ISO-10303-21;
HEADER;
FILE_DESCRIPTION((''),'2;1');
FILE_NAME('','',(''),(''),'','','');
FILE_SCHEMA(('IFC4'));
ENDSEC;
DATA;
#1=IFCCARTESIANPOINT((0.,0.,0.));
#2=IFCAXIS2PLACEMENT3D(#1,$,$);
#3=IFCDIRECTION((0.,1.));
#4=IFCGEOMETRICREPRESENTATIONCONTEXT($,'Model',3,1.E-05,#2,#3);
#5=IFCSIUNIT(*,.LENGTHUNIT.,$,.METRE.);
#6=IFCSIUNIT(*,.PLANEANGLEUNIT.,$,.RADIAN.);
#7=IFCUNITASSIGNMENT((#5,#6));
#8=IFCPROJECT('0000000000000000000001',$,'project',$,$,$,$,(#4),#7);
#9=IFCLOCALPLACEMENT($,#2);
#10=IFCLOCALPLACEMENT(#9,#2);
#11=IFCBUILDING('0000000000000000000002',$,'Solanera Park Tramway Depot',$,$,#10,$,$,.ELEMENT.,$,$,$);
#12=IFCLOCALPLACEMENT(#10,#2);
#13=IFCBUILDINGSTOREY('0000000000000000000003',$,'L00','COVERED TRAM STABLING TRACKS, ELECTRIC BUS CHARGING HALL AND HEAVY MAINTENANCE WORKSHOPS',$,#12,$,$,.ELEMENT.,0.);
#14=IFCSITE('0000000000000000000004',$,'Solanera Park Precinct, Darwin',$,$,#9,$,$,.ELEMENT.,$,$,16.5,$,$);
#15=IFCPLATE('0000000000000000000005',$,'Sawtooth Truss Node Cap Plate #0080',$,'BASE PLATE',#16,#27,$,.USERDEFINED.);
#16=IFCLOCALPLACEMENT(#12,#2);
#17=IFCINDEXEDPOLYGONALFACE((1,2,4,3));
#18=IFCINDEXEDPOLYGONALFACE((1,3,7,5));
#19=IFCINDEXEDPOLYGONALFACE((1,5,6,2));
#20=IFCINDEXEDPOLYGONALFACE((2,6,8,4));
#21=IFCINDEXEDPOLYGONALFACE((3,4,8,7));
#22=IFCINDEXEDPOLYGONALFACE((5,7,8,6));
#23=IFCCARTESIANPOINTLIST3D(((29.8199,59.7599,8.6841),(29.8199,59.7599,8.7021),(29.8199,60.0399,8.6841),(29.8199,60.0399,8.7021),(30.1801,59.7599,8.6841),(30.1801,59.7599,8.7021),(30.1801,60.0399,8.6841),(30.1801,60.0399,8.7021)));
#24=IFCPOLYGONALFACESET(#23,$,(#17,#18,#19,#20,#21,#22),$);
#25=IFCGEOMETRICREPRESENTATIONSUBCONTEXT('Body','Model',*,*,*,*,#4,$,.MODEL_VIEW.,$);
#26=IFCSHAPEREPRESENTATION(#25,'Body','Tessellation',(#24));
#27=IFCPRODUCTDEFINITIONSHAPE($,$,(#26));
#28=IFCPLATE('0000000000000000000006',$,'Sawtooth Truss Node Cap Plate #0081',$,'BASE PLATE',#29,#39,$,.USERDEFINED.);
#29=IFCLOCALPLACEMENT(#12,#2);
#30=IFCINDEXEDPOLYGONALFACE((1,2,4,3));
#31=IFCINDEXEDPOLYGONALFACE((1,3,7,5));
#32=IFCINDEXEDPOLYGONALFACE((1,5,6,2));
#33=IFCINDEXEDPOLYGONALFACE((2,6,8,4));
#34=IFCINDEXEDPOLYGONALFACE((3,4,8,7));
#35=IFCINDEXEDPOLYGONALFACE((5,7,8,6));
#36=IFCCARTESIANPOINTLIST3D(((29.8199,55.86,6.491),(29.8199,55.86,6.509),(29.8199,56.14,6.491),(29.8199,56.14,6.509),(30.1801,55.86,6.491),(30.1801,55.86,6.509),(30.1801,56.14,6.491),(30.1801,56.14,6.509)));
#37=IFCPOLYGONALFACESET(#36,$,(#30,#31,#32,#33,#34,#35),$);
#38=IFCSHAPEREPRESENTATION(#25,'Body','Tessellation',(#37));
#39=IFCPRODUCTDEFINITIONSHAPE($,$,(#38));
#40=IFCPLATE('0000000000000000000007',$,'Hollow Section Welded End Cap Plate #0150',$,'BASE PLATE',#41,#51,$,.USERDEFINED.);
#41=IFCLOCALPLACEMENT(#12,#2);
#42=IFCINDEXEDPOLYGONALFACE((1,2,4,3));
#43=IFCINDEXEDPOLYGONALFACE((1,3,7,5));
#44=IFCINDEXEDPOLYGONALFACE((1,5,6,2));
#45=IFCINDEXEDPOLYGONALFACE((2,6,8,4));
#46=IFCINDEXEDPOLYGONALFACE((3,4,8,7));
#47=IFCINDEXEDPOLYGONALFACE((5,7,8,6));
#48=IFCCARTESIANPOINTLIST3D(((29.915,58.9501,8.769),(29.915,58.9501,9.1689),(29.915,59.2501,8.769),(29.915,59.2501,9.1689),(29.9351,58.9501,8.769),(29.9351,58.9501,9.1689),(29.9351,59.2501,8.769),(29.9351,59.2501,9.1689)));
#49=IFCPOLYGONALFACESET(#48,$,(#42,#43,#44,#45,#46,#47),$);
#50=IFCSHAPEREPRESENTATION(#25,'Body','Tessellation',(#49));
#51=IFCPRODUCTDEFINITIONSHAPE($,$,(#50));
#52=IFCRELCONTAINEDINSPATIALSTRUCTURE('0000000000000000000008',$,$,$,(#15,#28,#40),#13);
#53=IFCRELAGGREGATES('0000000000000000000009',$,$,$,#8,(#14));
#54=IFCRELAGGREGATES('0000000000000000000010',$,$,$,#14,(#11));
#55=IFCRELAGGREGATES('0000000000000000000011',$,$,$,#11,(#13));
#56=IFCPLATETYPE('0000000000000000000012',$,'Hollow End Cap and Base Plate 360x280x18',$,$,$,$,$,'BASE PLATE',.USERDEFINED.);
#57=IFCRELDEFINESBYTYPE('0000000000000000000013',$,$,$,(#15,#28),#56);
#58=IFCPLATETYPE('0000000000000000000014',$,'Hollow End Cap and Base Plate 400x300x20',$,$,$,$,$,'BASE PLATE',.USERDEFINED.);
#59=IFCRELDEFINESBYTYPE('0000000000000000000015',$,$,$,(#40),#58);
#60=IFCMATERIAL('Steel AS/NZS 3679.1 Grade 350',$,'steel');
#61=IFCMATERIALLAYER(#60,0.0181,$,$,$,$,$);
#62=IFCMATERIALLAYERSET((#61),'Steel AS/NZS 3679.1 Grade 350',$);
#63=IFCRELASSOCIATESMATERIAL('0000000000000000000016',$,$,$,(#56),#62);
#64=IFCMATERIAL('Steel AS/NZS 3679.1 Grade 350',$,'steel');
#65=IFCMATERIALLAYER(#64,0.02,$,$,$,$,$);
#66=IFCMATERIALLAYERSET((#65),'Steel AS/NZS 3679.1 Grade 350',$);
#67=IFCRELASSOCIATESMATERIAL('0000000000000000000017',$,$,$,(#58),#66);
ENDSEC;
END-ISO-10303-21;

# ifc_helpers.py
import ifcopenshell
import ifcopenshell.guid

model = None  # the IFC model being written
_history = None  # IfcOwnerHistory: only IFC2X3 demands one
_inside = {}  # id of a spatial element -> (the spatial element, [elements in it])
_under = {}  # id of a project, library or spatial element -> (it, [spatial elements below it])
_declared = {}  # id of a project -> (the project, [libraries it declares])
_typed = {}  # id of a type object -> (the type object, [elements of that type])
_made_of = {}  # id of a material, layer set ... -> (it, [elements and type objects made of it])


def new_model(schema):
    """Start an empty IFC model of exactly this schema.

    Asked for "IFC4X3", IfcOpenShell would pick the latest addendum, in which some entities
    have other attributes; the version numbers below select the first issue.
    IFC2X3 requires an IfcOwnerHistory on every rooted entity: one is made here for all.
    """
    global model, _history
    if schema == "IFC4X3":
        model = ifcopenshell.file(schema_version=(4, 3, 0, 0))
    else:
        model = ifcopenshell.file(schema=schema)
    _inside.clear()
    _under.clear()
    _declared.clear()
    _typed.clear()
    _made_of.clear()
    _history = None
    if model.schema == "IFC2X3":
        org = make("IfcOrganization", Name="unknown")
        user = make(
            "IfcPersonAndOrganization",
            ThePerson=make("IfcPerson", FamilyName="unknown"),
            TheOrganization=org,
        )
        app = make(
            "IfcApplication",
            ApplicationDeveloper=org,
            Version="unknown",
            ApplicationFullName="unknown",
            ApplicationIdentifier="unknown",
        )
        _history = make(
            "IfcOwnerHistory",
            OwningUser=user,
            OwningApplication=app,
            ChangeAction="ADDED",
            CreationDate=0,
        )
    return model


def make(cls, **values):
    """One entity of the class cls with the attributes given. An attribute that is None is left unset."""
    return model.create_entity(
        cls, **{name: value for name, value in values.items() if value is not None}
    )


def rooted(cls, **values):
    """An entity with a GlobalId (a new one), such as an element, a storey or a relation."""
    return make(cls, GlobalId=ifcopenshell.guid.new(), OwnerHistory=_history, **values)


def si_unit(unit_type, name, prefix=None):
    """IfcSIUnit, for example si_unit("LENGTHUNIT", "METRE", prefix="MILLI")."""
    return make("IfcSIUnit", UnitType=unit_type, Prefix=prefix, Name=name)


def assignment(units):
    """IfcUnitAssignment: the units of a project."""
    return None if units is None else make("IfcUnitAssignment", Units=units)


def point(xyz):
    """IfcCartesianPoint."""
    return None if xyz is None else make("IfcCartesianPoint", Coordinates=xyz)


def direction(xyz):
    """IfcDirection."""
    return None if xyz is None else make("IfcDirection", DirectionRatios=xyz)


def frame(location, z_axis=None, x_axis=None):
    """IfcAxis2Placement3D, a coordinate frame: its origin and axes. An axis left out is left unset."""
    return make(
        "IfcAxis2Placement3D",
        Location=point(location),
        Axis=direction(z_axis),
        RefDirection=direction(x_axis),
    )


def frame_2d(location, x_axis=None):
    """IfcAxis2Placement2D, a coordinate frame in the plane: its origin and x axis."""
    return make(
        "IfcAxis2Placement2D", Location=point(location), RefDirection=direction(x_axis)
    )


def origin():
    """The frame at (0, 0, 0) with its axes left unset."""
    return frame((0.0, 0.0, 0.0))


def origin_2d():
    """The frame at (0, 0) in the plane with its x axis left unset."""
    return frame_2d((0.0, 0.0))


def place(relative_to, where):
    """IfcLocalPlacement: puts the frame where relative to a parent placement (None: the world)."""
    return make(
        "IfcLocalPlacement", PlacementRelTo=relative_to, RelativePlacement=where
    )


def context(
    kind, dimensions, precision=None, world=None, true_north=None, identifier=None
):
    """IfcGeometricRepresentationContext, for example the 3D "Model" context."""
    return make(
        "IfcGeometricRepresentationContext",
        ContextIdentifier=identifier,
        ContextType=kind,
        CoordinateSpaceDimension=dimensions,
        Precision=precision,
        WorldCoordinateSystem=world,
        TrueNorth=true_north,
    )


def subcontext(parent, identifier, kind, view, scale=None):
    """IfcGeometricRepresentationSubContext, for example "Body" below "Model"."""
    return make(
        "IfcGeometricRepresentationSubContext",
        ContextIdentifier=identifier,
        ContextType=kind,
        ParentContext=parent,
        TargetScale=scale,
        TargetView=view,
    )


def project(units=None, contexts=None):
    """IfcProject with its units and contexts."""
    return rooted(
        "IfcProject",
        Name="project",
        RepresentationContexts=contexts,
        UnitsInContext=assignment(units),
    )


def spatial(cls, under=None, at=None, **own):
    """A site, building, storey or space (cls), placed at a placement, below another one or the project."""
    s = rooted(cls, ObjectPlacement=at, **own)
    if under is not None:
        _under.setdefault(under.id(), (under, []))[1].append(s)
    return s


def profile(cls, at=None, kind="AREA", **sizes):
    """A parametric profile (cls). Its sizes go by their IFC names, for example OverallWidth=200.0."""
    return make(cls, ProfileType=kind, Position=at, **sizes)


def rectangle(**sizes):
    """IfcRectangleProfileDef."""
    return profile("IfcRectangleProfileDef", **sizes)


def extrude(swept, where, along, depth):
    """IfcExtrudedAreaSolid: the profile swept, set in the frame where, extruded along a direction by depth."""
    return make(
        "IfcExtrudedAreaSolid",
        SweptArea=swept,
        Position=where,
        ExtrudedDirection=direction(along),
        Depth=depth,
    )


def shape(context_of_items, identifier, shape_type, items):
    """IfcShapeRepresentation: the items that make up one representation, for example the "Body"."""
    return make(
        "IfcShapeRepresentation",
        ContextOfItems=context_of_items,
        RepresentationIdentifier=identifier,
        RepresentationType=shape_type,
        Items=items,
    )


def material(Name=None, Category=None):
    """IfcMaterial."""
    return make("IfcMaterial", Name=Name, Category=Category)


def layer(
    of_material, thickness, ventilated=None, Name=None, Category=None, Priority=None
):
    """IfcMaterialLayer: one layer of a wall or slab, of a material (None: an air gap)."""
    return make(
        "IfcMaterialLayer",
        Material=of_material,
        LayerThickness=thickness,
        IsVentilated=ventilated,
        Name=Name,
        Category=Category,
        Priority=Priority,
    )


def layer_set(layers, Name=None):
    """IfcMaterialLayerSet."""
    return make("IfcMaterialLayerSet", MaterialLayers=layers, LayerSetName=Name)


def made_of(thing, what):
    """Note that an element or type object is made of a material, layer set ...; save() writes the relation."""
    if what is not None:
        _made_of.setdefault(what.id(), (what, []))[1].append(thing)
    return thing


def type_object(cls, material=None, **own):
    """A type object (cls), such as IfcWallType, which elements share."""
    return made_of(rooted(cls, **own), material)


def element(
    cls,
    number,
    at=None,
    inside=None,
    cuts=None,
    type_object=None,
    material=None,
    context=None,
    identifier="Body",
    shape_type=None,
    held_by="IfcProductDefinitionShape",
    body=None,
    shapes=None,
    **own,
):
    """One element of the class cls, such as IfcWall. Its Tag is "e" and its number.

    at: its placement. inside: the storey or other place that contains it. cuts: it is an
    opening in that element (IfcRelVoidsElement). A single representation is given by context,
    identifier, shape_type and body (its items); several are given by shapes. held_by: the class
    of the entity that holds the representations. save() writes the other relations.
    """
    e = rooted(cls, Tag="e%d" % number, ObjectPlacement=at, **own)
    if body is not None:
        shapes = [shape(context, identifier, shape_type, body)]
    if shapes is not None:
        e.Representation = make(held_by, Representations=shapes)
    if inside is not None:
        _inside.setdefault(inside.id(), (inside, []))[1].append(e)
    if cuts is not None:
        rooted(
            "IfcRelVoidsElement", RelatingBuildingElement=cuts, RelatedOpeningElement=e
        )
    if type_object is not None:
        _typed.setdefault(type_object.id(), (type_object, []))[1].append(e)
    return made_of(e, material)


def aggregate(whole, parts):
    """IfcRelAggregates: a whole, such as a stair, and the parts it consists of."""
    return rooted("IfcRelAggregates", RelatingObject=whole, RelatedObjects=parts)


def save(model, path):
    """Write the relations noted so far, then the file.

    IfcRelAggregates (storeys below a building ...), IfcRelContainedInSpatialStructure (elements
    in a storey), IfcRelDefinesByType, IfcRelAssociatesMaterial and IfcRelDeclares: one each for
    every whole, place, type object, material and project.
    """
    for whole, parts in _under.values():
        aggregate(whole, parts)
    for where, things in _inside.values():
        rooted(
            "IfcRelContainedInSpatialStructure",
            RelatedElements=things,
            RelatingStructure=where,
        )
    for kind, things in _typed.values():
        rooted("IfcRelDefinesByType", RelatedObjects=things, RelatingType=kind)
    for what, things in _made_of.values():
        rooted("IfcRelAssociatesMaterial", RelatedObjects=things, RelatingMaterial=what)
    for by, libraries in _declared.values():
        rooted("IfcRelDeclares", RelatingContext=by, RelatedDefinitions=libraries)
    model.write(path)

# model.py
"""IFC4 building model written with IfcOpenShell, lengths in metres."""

from ifc_helpers import new_model, si_unit, direction, frame, origin, origin_2d, place, context, subcontext, project, spatial, rectangle, extrude, material, layer, layer_set, type_object, element, save


model = new_model("IFC4")

# Units and contexts
model_context = context("Model", 3, precision=1e-05, world=origin(), true_north=direction((0.0, 1.0)))
body_context = subcontext(model_context, "Body", "Model", "MODEL_VIEW")
ifc_project = project(units=[si_unit("LENGTHUNIT", "METRE"), si_unit("PLANEANGLEUNIT", "RADIAN")], contexts=[model_context])

# Site, building, storey
site_placement = place(None, origin())
site = spatial("IfcSite", under=ifc_project, at=site_placement, Name="Solanera Park Precinct, Darwin", CompositionType="ELEMENT", RefElevation=16.5)
building_placement = place(site_placement, origin())
building = spatial("IfcBuilding", under=site, at=building_placement, Name="Solanera Park Tramway Depot", CompositionType="ELEMENT")
storey_placement = place(building_placement, origin())
storey = spatial("IfcBuildingStorey", under=building, at=storey_placement, Name="L00", Description="COVERED TRAM STABLING TRACKS, ELECTRIC BUS CHARGING HALL AND HEAVY MAINTENANCE WORKSHOPS", CompositionType="ELEMENT", Elevation=0.0)

# Plates
ifc_material_1 = material(Name="Steel AS/NZS 3679.1 Grade 350", Category="steel")
ifc_layer_1 = layer(ifc_material_1, 0.0181)
ifc_layer_set_1 = layer_set([ifc_layer_1], Name="Steel AS/NZS 3679.1 Grade 350")
plate_type_1 = type_object("IfcPlateType", Name="Hollow End Cap and Base Plate 360x280x18", ElementType="BASE PLATE", PredefinedType="USERDEFINED", material=ifc_layer_set_1)
for number, where, z_axis, x_axis, name in (
    (1, (30.0, 59.8999, 8.6841), (0.0, 0.0, 1.0), (1.0, 0.0, 0.0), "Sawtooth Truss Node Cap Plate #0080"),
    (2, (30.0, 56.0, 6.491), (0.0, 0.0, 1.0), (1.0, 0.0, 0.0), "Sawtooth Truss Node Cap Plate #0081"),
):
    element("IfcPlate", number, at=place(storey_placement, frame(where, z_axis=z_axis, x_axis=x_axis)), inside=storey, type_object=plate_type_1, Name=name, ObjectType="BASE PLATE", PredefinedType="USERDEFINED", context=body_context, shape_type="SweptSolid", body=[
        extrude(rectangle(XDim=0.3601, YDim=0.28, at=origin_2d()), origin(), (0.0, 0.0, 1.0), 0.0181),
    ])
ifc_material_2 = material(Name="Steel AS/NZS 3679.1 Grade 350", Category="steel")
ifc_layer_2 = layer(ifc_material_2, 0.02)
ifc_layer_set_2 = layer_set([ifc_layer_2], Name="Steel AS/NZS 3679.1 Grade 350")
plate_type_2 = type_object("IfcPlateType", Name="Hollow End Cap and Base Plate 400x300x20", ElementType="BASE PLATE", PredefinedType="USERDEFINED", material=ifc_layer_set_2)
plate_1_placement = place(storey_placement, frame((29.925, 59.1001, 8.769), z_axis=(0.0, 0.0, 1.0), x_axis=(1.0, 0.0, 0.0)))
element("IfcPlate", 3, at=plate_1_placement, inside=storey, type_object=plate_type_2, Name="Hollow Section Welded End Cap Plate #0150", ObjectType="BASE PLATE", PredefinedType="USERDEFINED", context=body_context, shape_type="SweptSolid", body=[
    extrude(rectangle(XDim=0.02, YDim=0.3, at=origin_2d()), origin(), (0.0, 0.0, 1.0), 0.3999),
])

save(model, "model.ifc")
